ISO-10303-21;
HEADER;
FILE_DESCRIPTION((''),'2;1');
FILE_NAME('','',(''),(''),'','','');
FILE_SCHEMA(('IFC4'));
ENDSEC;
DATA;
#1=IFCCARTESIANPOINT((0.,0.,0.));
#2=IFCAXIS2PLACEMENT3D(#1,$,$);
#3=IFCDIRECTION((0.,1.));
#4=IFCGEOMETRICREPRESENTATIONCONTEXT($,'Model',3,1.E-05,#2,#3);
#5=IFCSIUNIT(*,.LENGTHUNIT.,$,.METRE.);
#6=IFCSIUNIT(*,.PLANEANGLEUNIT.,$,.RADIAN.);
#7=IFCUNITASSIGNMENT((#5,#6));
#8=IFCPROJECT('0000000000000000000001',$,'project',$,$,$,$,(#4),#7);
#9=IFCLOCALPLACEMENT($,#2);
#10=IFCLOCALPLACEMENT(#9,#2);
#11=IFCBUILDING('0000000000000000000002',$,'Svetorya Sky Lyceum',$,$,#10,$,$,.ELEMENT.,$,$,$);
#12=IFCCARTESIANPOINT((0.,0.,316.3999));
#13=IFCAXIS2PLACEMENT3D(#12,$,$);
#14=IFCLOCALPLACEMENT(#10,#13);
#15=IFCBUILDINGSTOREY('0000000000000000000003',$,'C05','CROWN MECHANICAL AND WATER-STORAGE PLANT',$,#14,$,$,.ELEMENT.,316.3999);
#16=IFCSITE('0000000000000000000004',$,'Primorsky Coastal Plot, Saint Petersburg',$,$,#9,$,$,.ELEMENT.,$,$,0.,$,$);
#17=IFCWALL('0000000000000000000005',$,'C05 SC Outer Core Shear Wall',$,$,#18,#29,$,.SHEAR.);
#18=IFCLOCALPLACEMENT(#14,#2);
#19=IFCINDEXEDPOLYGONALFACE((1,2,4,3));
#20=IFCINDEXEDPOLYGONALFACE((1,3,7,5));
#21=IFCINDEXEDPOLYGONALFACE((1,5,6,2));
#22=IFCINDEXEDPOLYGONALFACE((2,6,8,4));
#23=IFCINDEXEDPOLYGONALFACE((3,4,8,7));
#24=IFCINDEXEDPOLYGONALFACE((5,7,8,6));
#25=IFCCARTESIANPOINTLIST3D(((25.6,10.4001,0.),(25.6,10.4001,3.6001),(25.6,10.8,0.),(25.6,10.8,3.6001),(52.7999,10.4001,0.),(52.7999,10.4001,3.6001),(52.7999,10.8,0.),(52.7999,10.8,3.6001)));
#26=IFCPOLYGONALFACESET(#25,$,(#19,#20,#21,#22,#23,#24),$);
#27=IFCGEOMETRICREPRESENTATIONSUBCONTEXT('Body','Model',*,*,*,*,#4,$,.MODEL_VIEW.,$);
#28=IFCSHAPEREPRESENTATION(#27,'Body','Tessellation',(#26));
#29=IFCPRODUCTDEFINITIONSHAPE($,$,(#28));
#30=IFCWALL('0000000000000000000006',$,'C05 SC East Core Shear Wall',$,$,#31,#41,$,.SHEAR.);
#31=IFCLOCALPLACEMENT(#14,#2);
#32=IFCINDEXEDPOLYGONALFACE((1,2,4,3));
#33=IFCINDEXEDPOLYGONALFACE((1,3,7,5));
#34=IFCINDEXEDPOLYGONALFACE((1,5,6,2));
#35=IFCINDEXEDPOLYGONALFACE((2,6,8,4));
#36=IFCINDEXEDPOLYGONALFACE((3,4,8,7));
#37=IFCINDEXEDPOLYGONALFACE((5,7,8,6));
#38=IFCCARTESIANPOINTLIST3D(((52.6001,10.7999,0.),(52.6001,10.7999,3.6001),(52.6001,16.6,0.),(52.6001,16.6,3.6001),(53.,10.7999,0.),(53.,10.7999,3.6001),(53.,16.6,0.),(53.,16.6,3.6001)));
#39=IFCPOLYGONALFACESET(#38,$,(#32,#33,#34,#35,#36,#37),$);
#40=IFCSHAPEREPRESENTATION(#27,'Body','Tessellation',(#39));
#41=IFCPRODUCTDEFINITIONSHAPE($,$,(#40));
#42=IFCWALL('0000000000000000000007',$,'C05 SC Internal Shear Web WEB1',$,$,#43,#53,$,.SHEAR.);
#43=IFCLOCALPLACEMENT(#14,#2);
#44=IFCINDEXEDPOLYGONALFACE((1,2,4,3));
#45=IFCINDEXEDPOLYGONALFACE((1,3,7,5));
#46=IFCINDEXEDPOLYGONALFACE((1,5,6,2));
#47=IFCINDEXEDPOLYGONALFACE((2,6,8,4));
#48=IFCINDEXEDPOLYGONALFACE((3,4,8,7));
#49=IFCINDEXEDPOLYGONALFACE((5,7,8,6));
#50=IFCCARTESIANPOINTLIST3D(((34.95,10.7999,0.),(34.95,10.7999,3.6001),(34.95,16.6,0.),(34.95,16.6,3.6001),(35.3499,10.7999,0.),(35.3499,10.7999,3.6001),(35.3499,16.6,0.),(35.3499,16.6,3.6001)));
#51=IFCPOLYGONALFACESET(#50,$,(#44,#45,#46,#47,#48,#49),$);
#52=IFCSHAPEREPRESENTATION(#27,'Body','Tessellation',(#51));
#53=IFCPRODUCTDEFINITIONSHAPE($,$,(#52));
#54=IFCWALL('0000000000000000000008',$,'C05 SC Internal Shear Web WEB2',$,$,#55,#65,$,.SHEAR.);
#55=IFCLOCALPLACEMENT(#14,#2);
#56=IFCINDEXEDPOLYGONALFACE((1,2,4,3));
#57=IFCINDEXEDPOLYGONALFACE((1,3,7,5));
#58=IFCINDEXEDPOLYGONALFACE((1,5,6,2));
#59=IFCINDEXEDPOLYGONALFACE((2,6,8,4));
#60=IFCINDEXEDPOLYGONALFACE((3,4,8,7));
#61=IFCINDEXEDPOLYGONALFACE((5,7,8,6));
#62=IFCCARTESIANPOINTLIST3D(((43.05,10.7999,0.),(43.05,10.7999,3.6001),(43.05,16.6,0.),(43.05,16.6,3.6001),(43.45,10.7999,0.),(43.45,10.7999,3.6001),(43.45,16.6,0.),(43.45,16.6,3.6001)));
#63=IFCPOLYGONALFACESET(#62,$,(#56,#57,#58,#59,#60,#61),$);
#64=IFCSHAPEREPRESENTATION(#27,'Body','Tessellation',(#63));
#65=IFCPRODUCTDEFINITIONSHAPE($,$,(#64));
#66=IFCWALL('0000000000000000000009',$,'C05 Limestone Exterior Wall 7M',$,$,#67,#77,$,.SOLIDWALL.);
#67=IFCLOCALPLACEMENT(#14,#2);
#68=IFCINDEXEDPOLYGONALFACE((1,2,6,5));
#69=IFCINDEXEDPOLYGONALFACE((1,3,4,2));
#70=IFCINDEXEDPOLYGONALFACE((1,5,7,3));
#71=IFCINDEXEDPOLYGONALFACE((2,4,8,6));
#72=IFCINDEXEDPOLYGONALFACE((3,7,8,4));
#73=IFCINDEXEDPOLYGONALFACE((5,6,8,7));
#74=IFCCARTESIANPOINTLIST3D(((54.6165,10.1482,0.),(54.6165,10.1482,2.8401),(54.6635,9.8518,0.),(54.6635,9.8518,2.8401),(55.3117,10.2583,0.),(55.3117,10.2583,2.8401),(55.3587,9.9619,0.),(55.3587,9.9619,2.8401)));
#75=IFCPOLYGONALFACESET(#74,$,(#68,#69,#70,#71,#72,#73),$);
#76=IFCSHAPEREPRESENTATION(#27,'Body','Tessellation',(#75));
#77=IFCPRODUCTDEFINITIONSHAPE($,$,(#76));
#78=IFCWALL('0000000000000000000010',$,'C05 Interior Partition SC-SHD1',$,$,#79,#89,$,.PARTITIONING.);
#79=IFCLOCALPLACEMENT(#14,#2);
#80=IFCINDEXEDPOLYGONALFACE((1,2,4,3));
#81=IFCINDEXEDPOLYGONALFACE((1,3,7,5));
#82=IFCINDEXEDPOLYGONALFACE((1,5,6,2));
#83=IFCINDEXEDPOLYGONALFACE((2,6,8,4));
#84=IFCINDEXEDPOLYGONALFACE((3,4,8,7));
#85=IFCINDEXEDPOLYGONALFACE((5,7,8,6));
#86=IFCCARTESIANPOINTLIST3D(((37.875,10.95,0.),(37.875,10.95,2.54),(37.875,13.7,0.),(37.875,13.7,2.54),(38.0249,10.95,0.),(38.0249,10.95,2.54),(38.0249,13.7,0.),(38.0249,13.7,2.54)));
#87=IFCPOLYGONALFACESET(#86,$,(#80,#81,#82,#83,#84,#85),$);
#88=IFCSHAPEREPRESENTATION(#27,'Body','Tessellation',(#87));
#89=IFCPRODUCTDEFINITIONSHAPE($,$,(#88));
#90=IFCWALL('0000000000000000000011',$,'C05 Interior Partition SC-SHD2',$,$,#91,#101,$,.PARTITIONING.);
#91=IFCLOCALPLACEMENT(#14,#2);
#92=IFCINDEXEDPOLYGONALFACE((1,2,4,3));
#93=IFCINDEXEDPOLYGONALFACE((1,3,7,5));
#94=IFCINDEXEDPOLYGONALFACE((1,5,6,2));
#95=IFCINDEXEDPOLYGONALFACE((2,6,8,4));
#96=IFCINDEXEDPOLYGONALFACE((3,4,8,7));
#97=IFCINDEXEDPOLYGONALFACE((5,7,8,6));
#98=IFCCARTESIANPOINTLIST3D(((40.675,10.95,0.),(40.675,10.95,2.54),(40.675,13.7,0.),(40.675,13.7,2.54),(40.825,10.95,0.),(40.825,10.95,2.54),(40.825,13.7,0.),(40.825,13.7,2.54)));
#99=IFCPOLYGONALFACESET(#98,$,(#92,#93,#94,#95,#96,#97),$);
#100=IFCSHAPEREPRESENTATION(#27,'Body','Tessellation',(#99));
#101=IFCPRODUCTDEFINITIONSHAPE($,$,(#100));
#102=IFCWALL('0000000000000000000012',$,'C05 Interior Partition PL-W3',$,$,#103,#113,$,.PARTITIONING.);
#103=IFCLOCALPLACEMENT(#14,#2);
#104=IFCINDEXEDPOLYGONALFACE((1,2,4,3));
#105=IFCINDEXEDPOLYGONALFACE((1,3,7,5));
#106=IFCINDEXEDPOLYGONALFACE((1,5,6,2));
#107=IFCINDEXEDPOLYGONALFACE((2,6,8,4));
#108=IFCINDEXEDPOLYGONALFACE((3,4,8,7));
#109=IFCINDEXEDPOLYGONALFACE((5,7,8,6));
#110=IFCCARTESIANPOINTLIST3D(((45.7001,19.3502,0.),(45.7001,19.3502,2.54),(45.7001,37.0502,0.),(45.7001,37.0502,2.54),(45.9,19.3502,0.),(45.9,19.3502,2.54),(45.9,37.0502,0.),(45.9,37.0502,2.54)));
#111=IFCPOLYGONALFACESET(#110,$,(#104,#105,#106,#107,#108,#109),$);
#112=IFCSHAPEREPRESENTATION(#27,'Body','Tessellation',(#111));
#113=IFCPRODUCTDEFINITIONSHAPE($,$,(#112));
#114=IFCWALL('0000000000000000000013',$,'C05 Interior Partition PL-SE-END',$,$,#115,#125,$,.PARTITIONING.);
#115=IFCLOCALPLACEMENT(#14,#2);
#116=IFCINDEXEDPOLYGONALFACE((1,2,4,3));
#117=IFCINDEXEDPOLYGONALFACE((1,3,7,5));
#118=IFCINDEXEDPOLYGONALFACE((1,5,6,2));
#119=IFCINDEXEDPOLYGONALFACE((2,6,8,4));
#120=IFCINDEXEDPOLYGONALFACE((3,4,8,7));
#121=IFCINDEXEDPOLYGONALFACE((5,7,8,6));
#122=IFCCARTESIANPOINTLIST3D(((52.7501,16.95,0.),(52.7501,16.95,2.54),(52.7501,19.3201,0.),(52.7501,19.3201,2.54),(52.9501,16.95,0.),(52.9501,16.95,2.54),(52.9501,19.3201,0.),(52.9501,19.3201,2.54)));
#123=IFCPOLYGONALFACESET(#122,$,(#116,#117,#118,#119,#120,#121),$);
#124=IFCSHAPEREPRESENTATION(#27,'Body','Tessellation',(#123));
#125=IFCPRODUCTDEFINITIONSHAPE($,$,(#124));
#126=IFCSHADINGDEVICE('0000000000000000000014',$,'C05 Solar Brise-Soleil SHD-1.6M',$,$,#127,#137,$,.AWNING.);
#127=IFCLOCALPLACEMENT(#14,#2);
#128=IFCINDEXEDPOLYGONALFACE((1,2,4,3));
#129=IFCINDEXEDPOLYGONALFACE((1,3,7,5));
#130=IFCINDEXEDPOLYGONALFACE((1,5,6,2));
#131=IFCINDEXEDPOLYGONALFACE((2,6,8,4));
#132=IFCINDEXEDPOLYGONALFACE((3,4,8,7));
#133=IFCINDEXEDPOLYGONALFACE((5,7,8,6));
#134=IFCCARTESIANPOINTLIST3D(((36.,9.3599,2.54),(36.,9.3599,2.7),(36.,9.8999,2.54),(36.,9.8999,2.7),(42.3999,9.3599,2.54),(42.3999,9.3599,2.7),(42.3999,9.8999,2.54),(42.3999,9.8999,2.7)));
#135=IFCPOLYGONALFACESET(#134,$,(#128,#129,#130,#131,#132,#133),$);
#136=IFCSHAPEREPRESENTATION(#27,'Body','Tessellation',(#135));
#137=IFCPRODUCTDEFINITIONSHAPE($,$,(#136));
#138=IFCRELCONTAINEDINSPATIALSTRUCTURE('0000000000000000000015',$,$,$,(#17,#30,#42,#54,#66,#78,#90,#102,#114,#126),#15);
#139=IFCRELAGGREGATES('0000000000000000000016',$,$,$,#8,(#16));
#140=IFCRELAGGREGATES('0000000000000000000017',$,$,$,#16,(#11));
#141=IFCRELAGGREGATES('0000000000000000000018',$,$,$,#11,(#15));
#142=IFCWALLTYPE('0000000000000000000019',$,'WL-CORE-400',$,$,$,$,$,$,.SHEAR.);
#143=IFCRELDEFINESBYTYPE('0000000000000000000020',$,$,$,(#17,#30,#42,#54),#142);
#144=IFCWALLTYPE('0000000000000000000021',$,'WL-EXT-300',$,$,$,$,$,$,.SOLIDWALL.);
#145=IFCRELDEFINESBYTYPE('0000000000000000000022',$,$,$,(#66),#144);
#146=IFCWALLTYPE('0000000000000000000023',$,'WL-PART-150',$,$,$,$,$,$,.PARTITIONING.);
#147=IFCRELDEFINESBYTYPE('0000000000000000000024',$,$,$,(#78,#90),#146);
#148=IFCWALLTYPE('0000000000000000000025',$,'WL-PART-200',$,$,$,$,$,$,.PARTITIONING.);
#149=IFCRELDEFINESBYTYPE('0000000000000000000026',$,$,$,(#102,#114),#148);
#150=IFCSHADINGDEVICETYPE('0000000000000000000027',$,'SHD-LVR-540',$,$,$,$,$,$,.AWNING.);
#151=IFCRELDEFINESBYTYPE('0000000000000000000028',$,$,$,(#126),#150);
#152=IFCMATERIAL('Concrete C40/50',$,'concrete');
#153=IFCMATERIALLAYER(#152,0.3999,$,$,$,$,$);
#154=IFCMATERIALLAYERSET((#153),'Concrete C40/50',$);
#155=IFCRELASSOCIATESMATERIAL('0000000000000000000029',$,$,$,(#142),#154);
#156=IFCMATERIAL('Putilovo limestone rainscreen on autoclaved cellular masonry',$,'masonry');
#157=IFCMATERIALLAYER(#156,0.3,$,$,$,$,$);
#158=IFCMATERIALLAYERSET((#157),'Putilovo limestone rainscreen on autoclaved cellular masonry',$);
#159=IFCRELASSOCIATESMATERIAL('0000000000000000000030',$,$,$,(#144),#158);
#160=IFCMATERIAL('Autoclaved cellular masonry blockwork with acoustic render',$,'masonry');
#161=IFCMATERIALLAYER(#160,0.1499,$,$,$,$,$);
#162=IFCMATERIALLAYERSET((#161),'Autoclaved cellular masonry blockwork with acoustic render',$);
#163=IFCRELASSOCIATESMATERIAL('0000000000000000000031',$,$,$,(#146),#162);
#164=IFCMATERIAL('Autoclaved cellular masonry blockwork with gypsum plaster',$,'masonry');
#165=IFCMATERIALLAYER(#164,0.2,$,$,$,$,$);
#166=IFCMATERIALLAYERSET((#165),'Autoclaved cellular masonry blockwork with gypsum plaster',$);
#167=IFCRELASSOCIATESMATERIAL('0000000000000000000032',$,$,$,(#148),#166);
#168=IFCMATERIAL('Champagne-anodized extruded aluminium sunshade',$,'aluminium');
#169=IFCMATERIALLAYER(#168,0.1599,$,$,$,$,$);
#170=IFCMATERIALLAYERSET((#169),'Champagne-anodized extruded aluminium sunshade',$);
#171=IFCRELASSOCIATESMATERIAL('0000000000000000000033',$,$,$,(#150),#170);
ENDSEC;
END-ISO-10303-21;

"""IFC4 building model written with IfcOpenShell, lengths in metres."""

from ifc_helpers import new_model, si_unit, direction, frame, frame_2d, origin, origin_2d, place, context, subcontext, project, spatial, rectangle, extrude, material, layer, layer_set, type_object, element, save


model = new_model("IFC4")

# Units and contexts
model_context = context("Model", 3, precision=1e-05, world=origin(), true_north=direction((0.0, 1.0)))
body_context = subcontext(model_context, "Body", "Model", "MODEL_VIEW")
ifc_project = project(units=[si_unit("LENGTHUNIT", "METRE"), si_unit("PLANEANGLEUNIT", "RADIAN")], contexts=[model_context])

# Site, building, storey
site_placement = place(None, origin())
site = spatial("IfcSite", under=ifc_project, at=site_placement, Name="Primorsky Coastal Plot, Saint Petersburg", CompositionType="ELEMENT", RefElevation=0.0)
building_placement = place(site_placement, origin())
building = spatial("IfcBuilding", under=site, at=building_placement, Name="Svetorya Sky Lyceum", CompositionType="ELEMENT")
storey_placement = place(building_placement, frame((0.0, 0.0, 316.3999)))
storey = spatial("IfcBuildingStorey", under=building, at=storey_placement, Name="C05", Description="CROWN MECHANICAL AND WATER-STORAGE PLANT", CompositionType="ELEMENT", Elevation=316.3999)

# Shared definitions
ifc_material_1 = material(Name="Concrete C40/50", Category="concrete")

# Walls
ifc_layer_1 = layer(ifc_material_1, 0.3999)
ifc_layer_set_1 = layer_set([ifc_layer_1], Name="Concrete C40/50")
wall_type_1 = type_object("IfcWallType", Name="WL-CORE-400", PredefinedType="SHEAR", material=ifc_layer_set_1)
wall_1_placement = place(storey_placement, frame((52.8, 10.6001, 0.0), z_axis=(0.0, 0.0, 1.0), x_axis=(-1.0, 0.0, 0.0)))
element("IfcWall", 1, at=wall_1_placement, inside=storey, type_object=wall_type_1, Name="C05 SC Outer Core Shear Wall", PredefinedType="SHEAR", context=body_context, shape_type="SweptSolid", body=[
    extrude(rectangle(XDim=27.2, YDim=0.3999, at=frame_2d((13.6001, 0.0))), origin(), (0.0, 0.0, 1.0), 3.6001),
])
for number, where, z_axis, x_axis, name in (
    (2, (52.8, 10.8, 0.0), (0.0, 0.0, 1.0), (0.0, 1.0, 0.0), "C05 SC East Core Shear Wall"),
    (3, (35.1499, 10.8, 0.0), (0.0, 0.0, 1.0), (0.0, 1.0, 0.0), "C05 SC Internal Shear Web WEB1"),
    (4, (43.25, 10.8, 0.0), (0.0, 0.0, 1.0), (0.0, 1.0, 0.0), "C05 SC Internal Shear Web WEB2"),
):
    element("IfcWall", number, at=place(storey_placement, frame(where, z_axis=z_axis, x_axis=x_axis)), inside=storey, type_object=wall_type_1, Name=name, PredefinedType="SHEAR", context=body_context, shape_type="SweptSolid", body=[
        extrude(rectangle(XDim=5.8, YDim=0.3999, at=frame_2d((2.8999, 0.0))), origin(), (0.0, 0.0, 1.0), 3.6001),
    ])
ifc_material_2 = material(Name="Putilovo limestone rainscreen on autoclaved cellular masonry", Category="masonry")
ifc_layer_2 = layer(ifc_material_2, 0.3)
ifc_layer_set_2 = layer_set([ifc_layer_2], Name="Putilovo limestone rainscreen on autoclaved cellular masonry")
wall_type_2 = type_object("IfcWallType", Name="WL-EXT-300", PredefinedType="SOLIDWALL", material=ifc_layer_set_2)
wall_2_placement = place(storey_placement, frame((54.6399, 10.0, 0.0), z_axis=(0.0, 0.0, 1.0), x_axis=(0.987693, 0.156408, 0.0)))
element("IfcWall", 5, at=wall_2_placement, inside=storey, type_object=wall_type_2, Name="C05 Limestone Exterior Wall 7M", PredefinedType="SOLIDWALL", context=body_context, shape_type="SweptSolid", body=[
    extrude(rectangle(XDim=0.7039, YDim=0.3, at=frame_2d((0.3521, 0.0))), origin(), (0.0, 0.0, 1.0), 2.8401),
])
ifc_material_3 = material(Name="Autoclaved cellular masonry blockwork with acoustic render", Category="masonry")
ifc_layer_3 = layer(ifc_material_3, 0.1499)
ifc_layer_set_3 = layer_set([ifc_layer_3], Name="Autoclaved cellular masonry blockwork with acoustic render")
wall_type_3 = type_object("IfcWallType", Name="WL-PART-150", PredefinedType="PARTITIONING", material=ifc_layer_set_3)
for number, where, z_axis, x_axis, name in (
    (6, (37.95, 10.95, 0.0), (0.0, 0.0, 1.0), (0.0, 1.0, 0.0), "C05 Interior Partition SC-SHD1"),
    (7, (40.75, 10.95, 0.0), (0.0, 0.0, 1.0), (0.0, 1.0, 0.0), "C05 Interior Partition SC-SHD2"),
):
    element("IfcWall", number, at=place(storey_placement, frame(where, z_axis=z_axis, x_axis=x_axis)), inside=storey, type_object=wall_type_3, Name=name, PredefinedType="PARTITIONING", context=body_context, shape_type="SweptSolid", body=[
        extrude(rectangle(XDim=2.75, YDim=0.1499, at=frame_2d((1.375, 0.0))), origin(), (0.0, 0.0, 1.0), 2.54),
    ])

# Shared definitions
ifc_material_4 = material(Name="Autoclaved cellular masonry blockwork with gypsum plaster", Category="masonry")
ifc_layer_4 = layer(ifc_material_4, 0.2)
ifc_layer_set_4 = layer_set([ifc_layer_4], Name="Autoclaved cellular masonry blockwork with gypsum plaster")
wall_type_4 = type_object("IfcWallType", Name="WL-PART-200", PredefinedType="PARTITIONING", material=ifc_layer_set_4)

# Walls
wall_3_placement = place(storey_placement, frame((45.8, 19.3501, 0.0), z_axis=(0.0, 0.0, 1.0), x_axis=(0.0, 1.0, 0.0)))
element("IfcWall", 8, at=wall_3_placement, inside=storey, type_object=wall_type_4, Name="C05 Interior Partition PL-W3", PredefinedType="PARTITIONING", context=body_context, shape_type="SweptSolid", body=[
    extrude(rectangle(XDim=17.7, YDim=0.2, at=frame_2d((8.8501, 0.0))), origin(), (0.0, 0.0, 1.0), 2.54),
])
wall_4_placement = place(storey_placement, frame((52.8501, 16.95, 0.0), z_axis=(0.0, 0.0, 1.0), x_axis=(0.0, 1.0, 0.0)))
element("IfcWall", 9, at=wall_4_placement, inside=storey, type_object=wall_type_4, Name="C05 Interior Partition PL-SE-END", PredefinedType="PARTITIONING", context=body_context, shape_type="SweptSolid", body=[
    extrude(rectangle(XDim=2.3701, YDim=0.2, at=frame_2d((1.1851, 0.0))), origin(), (0.0, 0.0, 1.0), 2.54),
])

# Shading device
ifc_material_5 = material(Name="Champagne-anodized extruded aluminium sunshade", Category="aluminium")
ifc_layer_5 = layer(ifc_material_5, 0.1599)
ifc_layer_set_5 = layer_set([ifc_layer_5], Name="Champagne-anodized extruded aluminium sunshade")
shading_device_type = type_object("IfcShadingDeviceType", Name="SHD-LVR-540", PredefinedType="AWNING", material=ifc_layer_set_5)
shading_device_placement = place(storey_placement, frame((39.2, 9.6299, 2.54), z_axis=(0.0, 0.0, 1.0), x_axis=(1.0, 0.0, 0.0)))
element("IfcShadingDevice", 10, at=shading_device_placement, inside=storey, type_object=shading_device_type, Name="C05 Solar Brise-Soleil SHD-1.6M", PredefinedType="AWNING", context=body_context, shape_type="SweptSolid", body=[
    extrude(rectangle(XDim=6.3999, YDim=0.54, at=origin_2d()), origin(), (0.0, 0.0, 1.0), 0.1599),
])

save(model, "model.ifc")
